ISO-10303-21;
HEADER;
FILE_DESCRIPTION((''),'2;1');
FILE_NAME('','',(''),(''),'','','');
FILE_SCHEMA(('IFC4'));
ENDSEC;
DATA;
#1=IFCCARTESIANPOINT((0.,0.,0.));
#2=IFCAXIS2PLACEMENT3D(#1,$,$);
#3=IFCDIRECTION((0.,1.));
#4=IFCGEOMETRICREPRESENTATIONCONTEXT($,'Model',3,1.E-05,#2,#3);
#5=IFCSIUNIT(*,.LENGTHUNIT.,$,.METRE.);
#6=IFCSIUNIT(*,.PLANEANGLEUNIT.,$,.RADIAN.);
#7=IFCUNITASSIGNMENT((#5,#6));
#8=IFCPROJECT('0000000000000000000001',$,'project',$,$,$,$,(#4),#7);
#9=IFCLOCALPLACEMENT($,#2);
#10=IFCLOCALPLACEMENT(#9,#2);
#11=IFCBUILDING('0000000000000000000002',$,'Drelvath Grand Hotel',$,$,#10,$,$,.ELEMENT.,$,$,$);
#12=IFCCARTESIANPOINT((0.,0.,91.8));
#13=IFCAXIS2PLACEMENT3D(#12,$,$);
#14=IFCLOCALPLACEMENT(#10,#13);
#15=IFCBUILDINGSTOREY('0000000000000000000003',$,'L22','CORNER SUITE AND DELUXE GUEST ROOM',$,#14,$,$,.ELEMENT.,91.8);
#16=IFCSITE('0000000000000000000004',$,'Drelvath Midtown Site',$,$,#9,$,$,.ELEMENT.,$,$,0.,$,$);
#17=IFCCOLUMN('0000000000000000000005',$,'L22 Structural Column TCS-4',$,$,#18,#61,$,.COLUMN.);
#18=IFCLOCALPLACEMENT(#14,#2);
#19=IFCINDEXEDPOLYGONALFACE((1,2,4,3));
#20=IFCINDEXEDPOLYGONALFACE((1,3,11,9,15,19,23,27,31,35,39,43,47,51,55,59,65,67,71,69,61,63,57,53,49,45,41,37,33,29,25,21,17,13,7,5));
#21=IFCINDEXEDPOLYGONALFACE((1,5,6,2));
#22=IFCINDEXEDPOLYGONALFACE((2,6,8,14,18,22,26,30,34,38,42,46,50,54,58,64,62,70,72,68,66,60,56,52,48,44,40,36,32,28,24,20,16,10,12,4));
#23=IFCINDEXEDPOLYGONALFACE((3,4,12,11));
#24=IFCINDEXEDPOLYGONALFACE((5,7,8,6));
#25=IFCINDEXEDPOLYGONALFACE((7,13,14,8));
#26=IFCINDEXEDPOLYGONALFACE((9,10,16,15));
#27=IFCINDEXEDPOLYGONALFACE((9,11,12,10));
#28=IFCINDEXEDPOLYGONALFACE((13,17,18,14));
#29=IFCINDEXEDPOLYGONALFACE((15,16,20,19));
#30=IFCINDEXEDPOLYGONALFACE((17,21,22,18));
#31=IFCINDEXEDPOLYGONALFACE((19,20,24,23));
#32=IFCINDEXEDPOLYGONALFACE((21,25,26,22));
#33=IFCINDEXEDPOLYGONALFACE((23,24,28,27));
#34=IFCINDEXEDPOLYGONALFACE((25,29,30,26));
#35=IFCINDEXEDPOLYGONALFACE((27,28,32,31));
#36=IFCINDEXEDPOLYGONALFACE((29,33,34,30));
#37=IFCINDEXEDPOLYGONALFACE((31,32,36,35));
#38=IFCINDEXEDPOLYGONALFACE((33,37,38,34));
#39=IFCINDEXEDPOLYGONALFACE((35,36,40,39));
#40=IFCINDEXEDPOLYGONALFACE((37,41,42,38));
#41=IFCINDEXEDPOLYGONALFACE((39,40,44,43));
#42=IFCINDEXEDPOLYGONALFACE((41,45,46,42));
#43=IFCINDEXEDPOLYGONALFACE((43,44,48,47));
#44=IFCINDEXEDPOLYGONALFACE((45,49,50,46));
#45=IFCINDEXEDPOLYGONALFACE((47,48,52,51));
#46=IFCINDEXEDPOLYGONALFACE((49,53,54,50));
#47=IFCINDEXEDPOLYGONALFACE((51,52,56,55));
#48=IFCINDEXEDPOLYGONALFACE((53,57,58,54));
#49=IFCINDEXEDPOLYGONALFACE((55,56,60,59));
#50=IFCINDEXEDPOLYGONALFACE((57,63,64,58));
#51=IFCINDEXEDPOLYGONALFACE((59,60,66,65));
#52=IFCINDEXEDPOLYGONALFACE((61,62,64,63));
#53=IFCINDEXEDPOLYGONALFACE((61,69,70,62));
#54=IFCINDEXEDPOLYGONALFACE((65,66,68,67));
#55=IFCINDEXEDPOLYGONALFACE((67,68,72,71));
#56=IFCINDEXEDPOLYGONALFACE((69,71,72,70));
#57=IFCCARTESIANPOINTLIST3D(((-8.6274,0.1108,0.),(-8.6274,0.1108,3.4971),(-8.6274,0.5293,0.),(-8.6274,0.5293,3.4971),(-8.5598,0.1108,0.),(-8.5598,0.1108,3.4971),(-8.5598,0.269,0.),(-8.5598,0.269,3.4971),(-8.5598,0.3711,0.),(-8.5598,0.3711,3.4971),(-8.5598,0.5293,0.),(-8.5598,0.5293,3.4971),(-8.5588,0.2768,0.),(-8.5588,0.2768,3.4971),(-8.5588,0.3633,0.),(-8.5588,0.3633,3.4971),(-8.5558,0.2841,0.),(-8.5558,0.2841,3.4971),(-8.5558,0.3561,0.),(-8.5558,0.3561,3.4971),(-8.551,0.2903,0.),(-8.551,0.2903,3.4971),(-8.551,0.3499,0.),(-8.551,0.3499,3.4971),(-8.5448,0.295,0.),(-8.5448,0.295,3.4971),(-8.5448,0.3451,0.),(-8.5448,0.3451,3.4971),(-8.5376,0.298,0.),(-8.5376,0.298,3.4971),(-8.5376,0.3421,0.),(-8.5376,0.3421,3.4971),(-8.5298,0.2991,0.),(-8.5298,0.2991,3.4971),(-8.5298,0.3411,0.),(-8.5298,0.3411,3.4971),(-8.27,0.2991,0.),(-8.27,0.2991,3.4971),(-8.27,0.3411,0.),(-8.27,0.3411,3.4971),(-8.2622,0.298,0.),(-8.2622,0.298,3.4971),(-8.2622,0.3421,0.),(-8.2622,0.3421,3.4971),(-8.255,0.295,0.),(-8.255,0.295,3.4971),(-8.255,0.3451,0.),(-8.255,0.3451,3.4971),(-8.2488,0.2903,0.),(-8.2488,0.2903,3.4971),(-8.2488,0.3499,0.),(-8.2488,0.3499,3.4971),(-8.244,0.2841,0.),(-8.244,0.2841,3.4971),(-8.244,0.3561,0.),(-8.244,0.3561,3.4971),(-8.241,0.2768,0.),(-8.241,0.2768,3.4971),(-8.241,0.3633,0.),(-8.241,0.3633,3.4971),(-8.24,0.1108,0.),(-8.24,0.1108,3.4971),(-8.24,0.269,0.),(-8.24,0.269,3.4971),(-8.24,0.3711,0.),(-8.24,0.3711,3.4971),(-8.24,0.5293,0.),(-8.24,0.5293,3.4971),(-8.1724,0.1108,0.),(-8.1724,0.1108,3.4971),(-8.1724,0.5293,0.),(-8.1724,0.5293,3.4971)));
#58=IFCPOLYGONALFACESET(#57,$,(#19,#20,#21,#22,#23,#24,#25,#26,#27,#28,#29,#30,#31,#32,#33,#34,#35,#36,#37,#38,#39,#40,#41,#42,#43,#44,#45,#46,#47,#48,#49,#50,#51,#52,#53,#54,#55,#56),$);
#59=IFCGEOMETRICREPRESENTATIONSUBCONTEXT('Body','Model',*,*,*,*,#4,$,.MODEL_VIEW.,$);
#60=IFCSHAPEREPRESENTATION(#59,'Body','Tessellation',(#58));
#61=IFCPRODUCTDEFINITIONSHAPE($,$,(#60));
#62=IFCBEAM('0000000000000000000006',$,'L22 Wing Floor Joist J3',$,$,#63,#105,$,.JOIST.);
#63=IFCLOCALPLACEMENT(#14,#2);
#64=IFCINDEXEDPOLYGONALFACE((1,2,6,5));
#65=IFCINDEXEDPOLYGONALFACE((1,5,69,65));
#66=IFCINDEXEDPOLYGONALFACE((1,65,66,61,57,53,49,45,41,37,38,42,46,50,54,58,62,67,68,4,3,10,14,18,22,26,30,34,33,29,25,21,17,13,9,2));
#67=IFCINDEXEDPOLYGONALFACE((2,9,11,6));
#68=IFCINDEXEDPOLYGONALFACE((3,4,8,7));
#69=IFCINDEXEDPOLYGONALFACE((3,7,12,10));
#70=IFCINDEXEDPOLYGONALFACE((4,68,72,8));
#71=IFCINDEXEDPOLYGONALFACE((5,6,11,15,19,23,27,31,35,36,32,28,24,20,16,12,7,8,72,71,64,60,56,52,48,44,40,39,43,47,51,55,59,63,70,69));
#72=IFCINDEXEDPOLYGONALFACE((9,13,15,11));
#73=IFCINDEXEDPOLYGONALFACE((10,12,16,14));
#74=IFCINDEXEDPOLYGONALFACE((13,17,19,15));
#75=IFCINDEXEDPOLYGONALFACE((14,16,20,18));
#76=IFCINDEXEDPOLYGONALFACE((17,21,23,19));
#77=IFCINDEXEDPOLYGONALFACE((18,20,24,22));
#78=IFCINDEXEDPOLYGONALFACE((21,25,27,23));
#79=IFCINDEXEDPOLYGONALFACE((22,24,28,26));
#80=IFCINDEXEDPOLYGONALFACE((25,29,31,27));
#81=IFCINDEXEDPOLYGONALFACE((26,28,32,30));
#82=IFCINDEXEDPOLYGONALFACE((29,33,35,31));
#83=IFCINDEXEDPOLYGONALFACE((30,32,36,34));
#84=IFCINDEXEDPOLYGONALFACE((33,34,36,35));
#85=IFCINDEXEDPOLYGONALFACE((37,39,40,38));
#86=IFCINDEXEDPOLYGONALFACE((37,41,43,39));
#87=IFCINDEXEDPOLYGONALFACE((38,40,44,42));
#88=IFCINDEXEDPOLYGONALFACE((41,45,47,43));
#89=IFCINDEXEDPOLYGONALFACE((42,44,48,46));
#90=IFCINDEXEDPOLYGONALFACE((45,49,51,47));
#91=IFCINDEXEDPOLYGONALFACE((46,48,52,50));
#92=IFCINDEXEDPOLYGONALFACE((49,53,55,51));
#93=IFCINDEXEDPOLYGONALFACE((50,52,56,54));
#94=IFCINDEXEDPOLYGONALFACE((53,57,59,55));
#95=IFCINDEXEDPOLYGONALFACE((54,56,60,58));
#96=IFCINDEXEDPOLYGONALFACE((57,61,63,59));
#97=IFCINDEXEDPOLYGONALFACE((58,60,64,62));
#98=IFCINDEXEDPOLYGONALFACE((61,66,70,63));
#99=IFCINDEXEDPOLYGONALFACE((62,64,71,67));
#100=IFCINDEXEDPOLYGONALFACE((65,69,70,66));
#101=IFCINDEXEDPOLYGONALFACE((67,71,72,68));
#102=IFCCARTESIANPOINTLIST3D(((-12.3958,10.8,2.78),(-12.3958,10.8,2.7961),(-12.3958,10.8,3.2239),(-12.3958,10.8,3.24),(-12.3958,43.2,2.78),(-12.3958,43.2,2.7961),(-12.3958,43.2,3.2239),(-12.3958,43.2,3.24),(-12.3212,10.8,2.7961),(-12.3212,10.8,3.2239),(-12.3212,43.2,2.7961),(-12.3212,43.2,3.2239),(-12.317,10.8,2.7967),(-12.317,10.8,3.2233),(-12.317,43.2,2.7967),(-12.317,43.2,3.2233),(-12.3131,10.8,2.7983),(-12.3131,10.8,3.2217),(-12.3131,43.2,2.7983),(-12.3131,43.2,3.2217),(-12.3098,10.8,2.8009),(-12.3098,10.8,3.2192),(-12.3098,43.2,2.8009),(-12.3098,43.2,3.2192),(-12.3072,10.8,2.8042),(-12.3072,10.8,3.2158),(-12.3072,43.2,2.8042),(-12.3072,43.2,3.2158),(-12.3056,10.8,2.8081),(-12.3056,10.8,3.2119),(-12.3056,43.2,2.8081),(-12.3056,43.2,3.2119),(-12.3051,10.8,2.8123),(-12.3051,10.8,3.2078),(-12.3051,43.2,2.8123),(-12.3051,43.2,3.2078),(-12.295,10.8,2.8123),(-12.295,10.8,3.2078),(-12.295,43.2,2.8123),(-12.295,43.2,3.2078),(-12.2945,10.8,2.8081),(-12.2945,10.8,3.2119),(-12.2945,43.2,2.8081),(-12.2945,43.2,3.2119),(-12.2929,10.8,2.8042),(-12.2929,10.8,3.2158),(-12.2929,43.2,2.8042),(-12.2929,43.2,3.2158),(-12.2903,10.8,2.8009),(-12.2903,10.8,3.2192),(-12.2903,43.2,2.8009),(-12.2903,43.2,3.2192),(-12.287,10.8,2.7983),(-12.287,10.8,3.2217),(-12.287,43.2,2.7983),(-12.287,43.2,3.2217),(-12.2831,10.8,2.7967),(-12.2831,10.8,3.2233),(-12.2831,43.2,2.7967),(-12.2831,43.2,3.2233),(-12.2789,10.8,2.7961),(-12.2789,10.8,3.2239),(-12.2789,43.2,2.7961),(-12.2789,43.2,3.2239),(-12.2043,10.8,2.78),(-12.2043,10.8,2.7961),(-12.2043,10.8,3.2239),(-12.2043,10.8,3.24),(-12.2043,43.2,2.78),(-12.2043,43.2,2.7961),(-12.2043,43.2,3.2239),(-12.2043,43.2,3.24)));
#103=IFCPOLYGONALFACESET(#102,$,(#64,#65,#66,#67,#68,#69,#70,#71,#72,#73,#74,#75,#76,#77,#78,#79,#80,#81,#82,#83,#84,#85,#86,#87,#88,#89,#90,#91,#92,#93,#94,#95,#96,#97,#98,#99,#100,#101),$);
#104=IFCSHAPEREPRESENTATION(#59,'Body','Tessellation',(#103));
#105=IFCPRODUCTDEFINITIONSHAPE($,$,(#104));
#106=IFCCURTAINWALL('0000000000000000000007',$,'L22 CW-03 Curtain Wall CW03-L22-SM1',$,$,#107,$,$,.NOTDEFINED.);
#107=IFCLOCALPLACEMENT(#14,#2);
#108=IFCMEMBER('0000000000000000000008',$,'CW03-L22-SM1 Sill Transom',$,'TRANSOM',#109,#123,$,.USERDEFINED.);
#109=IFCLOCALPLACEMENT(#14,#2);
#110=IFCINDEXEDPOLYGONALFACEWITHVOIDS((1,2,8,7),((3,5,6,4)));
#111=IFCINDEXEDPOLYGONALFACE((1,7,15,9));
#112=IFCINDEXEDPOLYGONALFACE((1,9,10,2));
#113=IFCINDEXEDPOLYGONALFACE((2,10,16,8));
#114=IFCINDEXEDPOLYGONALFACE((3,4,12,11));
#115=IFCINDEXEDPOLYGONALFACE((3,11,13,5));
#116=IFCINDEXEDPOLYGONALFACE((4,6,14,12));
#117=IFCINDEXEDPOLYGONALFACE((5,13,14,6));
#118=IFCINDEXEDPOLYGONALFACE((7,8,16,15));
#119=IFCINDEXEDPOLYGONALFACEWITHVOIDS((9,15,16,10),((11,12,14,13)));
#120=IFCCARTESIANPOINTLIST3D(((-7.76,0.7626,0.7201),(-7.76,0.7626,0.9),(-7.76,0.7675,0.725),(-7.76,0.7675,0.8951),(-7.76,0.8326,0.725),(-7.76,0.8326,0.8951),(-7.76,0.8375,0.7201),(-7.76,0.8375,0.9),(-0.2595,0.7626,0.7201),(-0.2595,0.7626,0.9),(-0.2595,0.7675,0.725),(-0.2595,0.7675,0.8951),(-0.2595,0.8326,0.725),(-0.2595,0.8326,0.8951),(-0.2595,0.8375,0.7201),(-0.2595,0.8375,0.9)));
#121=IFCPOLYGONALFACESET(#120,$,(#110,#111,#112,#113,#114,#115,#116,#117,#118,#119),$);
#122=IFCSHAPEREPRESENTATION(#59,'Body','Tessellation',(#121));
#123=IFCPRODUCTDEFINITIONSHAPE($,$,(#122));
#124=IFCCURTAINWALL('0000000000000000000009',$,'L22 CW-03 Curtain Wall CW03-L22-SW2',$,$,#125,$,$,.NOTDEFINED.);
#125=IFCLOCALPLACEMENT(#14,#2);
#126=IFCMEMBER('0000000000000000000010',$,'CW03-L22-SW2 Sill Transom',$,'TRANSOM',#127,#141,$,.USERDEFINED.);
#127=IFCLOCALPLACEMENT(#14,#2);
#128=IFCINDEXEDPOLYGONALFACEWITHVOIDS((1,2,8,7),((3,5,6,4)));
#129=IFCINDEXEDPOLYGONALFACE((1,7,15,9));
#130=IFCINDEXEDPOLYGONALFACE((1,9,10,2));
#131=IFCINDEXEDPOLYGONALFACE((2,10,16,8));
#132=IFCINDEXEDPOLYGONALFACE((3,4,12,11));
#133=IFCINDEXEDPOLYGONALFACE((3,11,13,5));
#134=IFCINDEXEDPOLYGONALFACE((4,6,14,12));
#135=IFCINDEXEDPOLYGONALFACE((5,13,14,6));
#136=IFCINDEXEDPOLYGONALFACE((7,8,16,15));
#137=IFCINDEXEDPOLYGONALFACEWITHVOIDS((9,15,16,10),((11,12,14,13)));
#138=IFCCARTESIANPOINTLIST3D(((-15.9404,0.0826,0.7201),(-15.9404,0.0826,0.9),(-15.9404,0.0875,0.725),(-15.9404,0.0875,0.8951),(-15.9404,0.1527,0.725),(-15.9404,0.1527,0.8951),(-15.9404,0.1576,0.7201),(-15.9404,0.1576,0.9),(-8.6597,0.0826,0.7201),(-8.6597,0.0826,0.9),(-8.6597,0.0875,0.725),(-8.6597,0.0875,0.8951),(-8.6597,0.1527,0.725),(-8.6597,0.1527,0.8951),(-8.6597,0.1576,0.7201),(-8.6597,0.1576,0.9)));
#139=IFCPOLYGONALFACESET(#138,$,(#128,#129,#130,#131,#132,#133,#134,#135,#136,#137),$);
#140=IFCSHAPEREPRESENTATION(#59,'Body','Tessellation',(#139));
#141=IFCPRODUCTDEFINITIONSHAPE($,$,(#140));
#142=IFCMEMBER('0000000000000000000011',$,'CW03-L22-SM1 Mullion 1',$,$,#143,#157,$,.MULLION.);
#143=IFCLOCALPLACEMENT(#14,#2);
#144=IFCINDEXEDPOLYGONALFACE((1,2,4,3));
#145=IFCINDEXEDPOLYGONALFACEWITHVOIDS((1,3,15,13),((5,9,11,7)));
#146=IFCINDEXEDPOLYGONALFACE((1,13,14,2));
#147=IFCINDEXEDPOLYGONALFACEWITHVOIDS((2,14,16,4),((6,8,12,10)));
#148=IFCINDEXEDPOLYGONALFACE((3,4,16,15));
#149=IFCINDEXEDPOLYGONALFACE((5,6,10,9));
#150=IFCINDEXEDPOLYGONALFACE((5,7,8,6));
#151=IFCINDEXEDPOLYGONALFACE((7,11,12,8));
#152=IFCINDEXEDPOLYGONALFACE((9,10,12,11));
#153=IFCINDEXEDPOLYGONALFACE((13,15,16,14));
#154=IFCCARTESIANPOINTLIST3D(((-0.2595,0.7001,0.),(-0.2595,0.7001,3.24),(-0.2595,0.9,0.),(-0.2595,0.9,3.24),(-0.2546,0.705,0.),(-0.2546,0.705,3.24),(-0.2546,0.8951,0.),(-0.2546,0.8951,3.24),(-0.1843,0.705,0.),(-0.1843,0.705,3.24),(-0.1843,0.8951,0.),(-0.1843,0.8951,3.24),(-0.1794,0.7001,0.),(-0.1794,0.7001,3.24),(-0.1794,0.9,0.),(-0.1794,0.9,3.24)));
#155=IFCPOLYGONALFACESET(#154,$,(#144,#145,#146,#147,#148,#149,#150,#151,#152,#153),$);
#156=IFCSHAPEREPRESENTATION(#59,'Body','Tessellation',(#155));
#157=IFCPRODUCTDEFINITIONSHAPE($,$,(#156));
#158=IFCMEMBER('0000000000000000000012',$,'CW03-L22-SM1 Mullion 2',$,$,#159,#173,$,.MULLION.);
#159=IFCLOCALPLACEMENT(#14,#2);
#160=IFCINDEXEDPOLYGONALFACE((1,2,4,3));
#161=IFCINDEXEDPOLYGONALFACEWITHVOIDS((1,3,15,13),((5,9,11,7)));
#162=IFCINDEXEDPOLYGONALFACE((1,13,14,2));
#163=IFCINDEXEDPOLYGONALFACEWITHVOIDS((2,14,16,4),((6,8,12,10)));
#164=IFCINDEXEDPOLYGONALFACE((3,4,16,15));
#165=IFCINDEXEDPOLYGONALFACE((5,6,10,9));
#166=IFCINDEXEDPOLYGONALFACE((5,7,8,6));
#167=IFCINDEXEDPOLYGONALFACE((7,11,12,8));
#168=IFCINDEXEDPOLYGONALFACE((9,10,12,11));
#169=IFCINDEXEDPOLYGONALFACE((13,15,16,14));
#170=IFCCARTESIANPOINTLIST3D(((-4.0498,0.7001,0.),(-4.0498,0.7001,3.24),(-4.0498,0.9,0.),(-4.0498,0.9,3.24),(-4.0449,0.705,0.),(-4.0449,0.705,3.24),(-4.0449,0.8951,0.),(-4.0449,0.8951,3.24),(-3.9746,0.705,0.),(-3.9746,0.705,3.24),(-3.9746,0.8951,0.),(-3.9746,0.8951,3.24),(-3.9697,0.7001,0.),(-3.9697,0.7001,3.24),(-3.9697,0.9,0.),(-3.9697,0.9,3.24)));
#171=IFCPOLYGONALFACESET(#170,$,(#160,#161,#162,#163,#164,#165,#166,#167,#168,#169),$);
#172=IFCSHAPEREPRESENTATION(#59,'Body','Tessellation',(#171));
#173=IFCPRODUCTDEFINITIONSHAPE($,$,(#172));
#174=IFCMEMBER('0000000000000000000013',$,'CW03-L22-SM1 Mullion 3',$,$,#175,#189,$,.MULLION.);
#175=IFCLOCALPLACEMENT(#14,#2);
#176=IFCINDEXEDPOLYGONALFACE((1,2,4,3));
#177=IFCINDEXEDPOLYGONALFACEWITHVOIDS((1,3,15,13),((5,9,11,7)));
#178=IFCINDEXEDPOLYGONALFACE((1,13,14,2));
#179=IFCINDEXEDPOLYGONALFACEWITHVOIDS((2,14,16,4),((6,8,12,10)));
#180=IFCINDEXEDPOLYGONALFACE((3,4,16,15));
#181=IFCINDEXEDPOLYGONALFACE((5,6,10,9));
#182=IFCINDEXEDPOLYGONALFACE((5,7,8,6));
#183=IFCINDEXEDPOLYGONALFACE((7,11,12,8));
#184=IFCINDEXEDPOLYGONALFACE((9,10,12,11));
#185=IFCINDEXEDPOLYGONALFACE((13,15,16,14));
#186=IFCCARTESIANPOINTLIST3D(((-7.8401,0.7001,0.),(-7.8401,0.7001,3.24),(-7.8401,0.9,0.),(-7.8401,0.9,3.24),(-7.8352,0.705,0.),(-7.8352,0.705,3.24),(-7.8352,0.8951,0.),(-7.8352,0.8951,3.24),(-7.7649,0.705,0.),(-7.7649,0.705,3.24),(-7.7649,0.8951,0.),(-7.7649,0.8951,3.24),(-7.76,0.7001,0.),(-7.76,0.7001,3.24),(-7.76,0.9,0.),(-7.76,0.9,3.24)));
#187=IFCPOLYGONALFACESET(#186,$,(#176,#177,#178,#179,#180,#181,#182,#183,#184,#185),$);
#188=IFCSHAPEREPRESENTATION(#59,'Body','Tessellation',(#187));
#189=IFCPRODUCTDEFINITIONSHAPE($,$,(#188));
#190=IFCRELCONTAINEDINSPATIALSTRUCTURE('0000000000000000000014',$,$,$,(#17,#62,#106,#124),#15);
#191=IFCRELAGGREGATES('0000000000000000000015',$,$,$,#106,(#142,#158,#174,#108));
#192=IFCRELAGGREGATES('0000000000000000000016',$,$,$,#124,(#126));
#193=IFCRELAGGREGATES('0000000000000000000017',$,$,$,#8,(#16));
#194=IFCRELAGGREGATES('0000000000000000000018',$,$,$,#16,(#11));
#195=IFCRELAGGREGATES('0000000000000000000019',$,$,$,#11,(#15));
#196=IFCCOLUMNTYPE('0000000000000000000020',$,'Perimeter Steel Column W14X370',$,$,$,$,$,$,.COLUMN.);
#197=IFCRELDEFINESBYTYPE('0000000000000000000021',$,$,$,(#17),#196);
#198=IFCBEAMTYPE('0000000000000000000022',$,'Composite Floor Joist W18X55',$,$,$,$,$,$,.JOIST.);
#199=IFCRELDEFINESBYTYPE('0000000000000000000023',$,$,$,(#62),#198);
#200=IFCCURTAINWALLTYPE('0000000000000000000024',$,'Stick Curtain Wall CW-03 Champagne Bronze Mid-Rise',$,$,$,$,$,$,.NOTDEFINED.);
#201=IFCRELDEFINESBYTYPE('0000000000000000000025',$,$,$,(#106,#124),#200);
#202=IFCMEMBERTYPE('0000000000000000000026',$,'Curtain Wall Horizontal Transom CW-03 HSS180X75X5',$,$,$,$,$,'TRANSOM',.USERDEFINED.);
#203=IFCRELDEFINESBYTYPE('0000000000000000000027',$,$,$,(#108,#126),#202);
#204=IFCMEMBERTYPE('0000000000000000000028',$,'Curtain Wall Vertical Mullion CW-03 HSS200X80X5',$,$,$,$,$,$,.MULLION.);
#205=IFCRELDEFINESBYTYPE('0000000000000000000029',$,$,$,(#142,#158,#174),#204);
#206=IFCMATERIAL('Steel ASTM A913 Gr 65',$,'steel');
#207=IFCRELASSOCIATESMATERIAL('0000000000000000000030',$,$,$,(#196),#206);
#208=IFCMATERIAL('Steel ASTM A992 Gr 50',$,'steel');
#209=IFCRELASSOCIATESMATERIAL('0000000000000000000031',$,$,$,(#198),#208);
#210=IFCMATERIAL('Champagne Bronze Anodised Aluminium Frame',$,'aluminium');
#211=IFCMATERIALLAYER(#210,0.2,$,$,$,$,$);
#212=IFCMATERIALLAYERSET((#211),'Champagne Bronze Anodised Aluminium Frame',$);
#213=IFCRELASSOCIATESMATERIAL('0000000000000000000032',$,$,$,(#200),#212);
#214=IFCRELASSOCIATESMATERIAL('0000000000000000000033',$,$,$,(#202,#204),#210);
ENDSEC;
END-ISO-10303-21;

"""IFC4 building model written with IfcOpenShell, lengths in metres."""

from ifc_helpers import new_model, si_unit, direction, frame, origin, origin_2d, place, context, subcontext, project, spatial, hollow_rectangle, i_section, extrude, material, layer, layer_set, material_profile, profile_set, type_object, element, aggregate, save


model = new_model("IFC4")

# Units and contexts
model_context = context("Model", 3, precision=1e-05, world=origin(), true_north=direction((0.0, 1.0)))
body_context = subcontext(model_context, "Body", "Model", "MODEL_VIEW")
ifc_project = project(units=[si_unit("LENGTHUNIT", "METRE"), si_unit("PLANEANGLEUNIT", "RADIAN")], contexts=[model_context])

# Site, building, storey
site_placement = place(None, origin())
site = spatial("IfcSite", under=ifc_project, at=site_placement, Name="Drelvath Midtown Site", CompositionType="ELEMENT", RefElevation=0.0)
building_placement = place(site_placement, origin())
building = spatial("IfcBuilding", under=site, at=building_placement, Name="Drelvath Grand Hotel", CompositionType="ELEMENT")
storey_placement = place(building_placement, frame((0.0, 0.0, 91.8)))
storey = spatial("IfcBuildingStorey", under=building, at=storey_placement, Name="L22", Description="CORNER SUITE AND DELUXE GUEST ROOM", CompositionType="ELEMENT", Elevation=91.8)

# Column
ifc_material_1 = material(Name="Steel ASTM A913 Gr 65", Category="steel")
ifc_material_profile_1 = material_profile(ifc_material_1, i_section(OverallWidth=0.4185, OverallDepth=0.4551, WebThickness=0.042, FlangeThickness=0.0676, FilletRadius=0.03, at=origin_2d()), Name="W14X370")
ifc_profile_set_1 = profile_set([ifc_material_profile_1], Name="Steel ASTM A913 Gr 65")
column_type = type_object("IfcColumnType", Name="Perimeter Steel Column W14X370", PredefinedType="COLUMN", material=ifc_profile_set_1)
column_placement = place(storey_placement, frame((-8.3999, 0.3201, 0.0), z_axis=(0.0, 0.0, 1.0), x_axis=(0.0, 1.0, 0.0)))
element("IfcColumn", 1, at=column_placement, inside=storey, type_object=column_type, Name="L22 Structural Column TCS-4", PredefinedType="COLUMN", context=body_context, shape_type="SweptSolid", body=[
    extrude(i_section(OverallWidth=0.4185, OverallDepth=0.4551, WebThickness=0.042, FlangeThickness=0.0676, FilletRadius=0.03, at=origin_2d()), origin(), (0.0, 0.0, 1.0), 3.4971),
])

# Beam
ifc_material_2 = material(Name="Steel ASTM A992 Gr 50", Category="steel")
ifc_material_profile_2 = material_profile(ifc_material_2, i_section(OverallWidth=0.1914, OverallDepth=0.46, WebThickness=0.01, FlangeThickness=0.0161, FilletRadius=0.0161, at=origin_2d()), Name="W18X55")
ifc_profile_set_2 = profile_set([ifc_material_profile_2], Name="Steel ASTM A992 Gr 50")
beam_type_1 = type_object("IfcBeamType", Name="Composite Floor Joist W18X55", PredefinedType="JOIST", material=ifc_profile_set_2)
beam_1_placement = place(storey_placement, frame((-12.3, 10.8, 3.01), z_axis=(0.0, 1.0, 0.0), x_axis=(-1.0, 0.0, 0.0)))
element("IfcBeam", 2, at=beam_1_placement, inside=storey, type_object=beam_type_1, Name="L22 Wing Floor Joist J3", PredefinedType="JOIST", context=body_context, shape_type="SweptSolid", body=[
    extrude(i_section(OverallWidth=0.1914, OverallDepth=0.46, WebThickness=0.01, FlangeThickness=0.0161, FilletRadius=0.0161, at=origin_2d()), origin(), (0.0, 0.0, 1.0), 32.3999),
])

# Curtain walls, members
ifc_material_3 = material(Name="Champagne Bronze Anodised Aluminium Frame", Category="aluminium")
ifc_layer_1 = layer(ifc_material_3, 0.2)
ifc_layer_set_1 = layer_set([ifc_layer_1], Name="Champagne Bronze Anodised Aluminium Frame")
curtain_wall_type = type_object("IfcCurtainWallType", Name="Stick Curtain Wall CW-03 Champagne Bronze Mid-Rise", PredefinedType="NOTDEFINED", material=ifc_layer_set_1)
curtain_wall_1_placement = place(storey_placement, origin())
curtain_wall_1 = element("IfcCurtainWall", 3, at=curtain_wall_1_placement, inside=storey, type_object=curtain_wall_type, Name="L22 CW-03 Curtain Wall CW03-L22-SM1", PredefinedType="NOTDEFINED")
ifc_material_profile_3 = material_profile(ifc_material_3, hollow_rectangle(XDim=0.075, YDim=0.1799, WallThickness=0.0049, at=origin_2d()), Name="HSS180X75X5")
ifc_profile_set_3 = profile_set([ifc_material_profile_3], Name="Champagne Bronze Anodised Aluminium Frame")
member_type_1 = type_object("IfcMemberType", Name="Curtain Wall Horizontal Transom CW-03 HSS180X75X5", ElementType="TRANSOM", PredefinedType="USERDEFINED", material=ifc_profile_set_3)
member_1_placement = place(storey_placement, frame((-0.2595, 0.8, 0.8101), z_axis=(-1.0, 0.0, 0.0), x_axis=(0.0, -1.0, 0.0)))
member_1 = element("IfcMember", 4, at=member_1_placement, type_object=member_type_1, Name="CW03-L22-SM1 Sill Transom", ObjectType="TRANSOM", PredefinedType="USERDEFINED", context=body_context, shape_type="SweptSolid", body=[
    extrude(hollow_rectangle(XDim=0.075, YDim=0.1799, WallThickness=0.0049, at=origin_2d()), origin(), (0.0, 0.0, 1.0), 7.5005),
])
curtain_wall_2_placement = place(storey_placement, origin())
curtain_wall_2 = element("IfcCurtainWall", 5, at=curtain_wall_2_placement, inside=storey, type_object=curtain_wall_type, Name="L22 CW-03 Curtain Wall CW03-L22-SW2", PredefinedType="NOTDEFINED")
member_2_placement = place(storey_placement, frame((-8.6597, 0.1201, 0.8101), z_axis=(-1.0, 0.0, 0.0), x_axis=(0.0, -1.0, 0.0)))
member_2 = element("IfcMember", 6, at=member_2_placement, type_object=member_type_1, Name="CW03-L22-SW2 Sill Transom", ObjectType="TRANSOM", PredefinedType="USERDEFINED", context=body_context, shape_type="SweptSolid", body=[
    extrude(hollow_rectangle(XDim=0.075, YDim=0.1799, WallThickness=0.0049, at=origin_2d()), origin(), (0.0, 0.0, 1.0), 7.2808),
])

# Members
ifc_material_profile_4 = material_profile(ifc_material_3, hollow_rectangle(XDim=0.0801, YDim=0.2, WallThickness=0.0049, at=origin_2d()), Name="HSS200X80X5")
ifc_profile_set_4 = profile_set([ifc_material_profile_4], Name="Champagne Bronze Anodised Aluminium Frame")
member_type_2 = type_object("IfcMemberType", Name="Curtain Wall Vertical Mullion CW-03 HSS200X80X5", PredefinedType="MULLION", material=ifc_profile_set_4)
member_3_placement = place(storey_placement, frame((-0.2195, 0.8, 0.0), z_axis=(0.0, 0.0, 1.0), x_axis=(1.0, 0.0, 0.0)))
member_3 = element("IfcMember", 7, at=member_3_placement, type_object=member_type_2, Name="CW03-L22-SM1 Mullion 1", PredefinedType="MULLION", context=body_context, shape_type="SweptSolid", body=[
    extrude(hollow_rectangle(XDim=0.0801, YDim=0.2, WallThickness=0.0049, at=origin_2d()), origin(), (0.0, 0.0, 1.0), 3.24),
])
member_4_placement = place(storey_placement, frame((-4.0098, 0.8, 0.0), z_axis=(0.0, 0.0, 1.0), x_axis=(1.0, 0.0, 0.0)))
member_4 = element("IfcMember", 8, at=member_4_placement, type_object=member_type_2, Name="CW03-L22-SM1 Mullion 2", PredefinedType="MULLION", context=body_context, shape_type="SweptSolid", body=[
    extrude(hollow_rectangle(XDim=0.0801, YDim=0.2, WallThickness=0.0049, at=origin_2d()), origin(), (0.0, 0.0, 1.0), 3.24),
])
member_5_placement = place(storey_placement, frame((-7.8, 0.8, 0.0), z_axis=(0.0, 0.0, 1.0), x_axis=(1.0, 0.0, 0.0)))
member_5 = element("IfcMember", 9, at=member_5_placement, type_object=member_type_2, Name="CW03-L22-SM1 Mullion 3", PredefinedType="MULLION", context=body_context, shape_type="SweptSolid", body=[
    extrude(hollow_rectangle(XDim=0.0801, YDim=0.2, WallThickness=0.0049, at=origin_2d()), origin(), (0.0, 0.0, 1.0), 3.24),
])

aggregate(curtain_wall_1, [member_3, member_4, member_5, member_1])
aggregate(curtain_wall_2, [member_2])

save(model, "model.ifc")
